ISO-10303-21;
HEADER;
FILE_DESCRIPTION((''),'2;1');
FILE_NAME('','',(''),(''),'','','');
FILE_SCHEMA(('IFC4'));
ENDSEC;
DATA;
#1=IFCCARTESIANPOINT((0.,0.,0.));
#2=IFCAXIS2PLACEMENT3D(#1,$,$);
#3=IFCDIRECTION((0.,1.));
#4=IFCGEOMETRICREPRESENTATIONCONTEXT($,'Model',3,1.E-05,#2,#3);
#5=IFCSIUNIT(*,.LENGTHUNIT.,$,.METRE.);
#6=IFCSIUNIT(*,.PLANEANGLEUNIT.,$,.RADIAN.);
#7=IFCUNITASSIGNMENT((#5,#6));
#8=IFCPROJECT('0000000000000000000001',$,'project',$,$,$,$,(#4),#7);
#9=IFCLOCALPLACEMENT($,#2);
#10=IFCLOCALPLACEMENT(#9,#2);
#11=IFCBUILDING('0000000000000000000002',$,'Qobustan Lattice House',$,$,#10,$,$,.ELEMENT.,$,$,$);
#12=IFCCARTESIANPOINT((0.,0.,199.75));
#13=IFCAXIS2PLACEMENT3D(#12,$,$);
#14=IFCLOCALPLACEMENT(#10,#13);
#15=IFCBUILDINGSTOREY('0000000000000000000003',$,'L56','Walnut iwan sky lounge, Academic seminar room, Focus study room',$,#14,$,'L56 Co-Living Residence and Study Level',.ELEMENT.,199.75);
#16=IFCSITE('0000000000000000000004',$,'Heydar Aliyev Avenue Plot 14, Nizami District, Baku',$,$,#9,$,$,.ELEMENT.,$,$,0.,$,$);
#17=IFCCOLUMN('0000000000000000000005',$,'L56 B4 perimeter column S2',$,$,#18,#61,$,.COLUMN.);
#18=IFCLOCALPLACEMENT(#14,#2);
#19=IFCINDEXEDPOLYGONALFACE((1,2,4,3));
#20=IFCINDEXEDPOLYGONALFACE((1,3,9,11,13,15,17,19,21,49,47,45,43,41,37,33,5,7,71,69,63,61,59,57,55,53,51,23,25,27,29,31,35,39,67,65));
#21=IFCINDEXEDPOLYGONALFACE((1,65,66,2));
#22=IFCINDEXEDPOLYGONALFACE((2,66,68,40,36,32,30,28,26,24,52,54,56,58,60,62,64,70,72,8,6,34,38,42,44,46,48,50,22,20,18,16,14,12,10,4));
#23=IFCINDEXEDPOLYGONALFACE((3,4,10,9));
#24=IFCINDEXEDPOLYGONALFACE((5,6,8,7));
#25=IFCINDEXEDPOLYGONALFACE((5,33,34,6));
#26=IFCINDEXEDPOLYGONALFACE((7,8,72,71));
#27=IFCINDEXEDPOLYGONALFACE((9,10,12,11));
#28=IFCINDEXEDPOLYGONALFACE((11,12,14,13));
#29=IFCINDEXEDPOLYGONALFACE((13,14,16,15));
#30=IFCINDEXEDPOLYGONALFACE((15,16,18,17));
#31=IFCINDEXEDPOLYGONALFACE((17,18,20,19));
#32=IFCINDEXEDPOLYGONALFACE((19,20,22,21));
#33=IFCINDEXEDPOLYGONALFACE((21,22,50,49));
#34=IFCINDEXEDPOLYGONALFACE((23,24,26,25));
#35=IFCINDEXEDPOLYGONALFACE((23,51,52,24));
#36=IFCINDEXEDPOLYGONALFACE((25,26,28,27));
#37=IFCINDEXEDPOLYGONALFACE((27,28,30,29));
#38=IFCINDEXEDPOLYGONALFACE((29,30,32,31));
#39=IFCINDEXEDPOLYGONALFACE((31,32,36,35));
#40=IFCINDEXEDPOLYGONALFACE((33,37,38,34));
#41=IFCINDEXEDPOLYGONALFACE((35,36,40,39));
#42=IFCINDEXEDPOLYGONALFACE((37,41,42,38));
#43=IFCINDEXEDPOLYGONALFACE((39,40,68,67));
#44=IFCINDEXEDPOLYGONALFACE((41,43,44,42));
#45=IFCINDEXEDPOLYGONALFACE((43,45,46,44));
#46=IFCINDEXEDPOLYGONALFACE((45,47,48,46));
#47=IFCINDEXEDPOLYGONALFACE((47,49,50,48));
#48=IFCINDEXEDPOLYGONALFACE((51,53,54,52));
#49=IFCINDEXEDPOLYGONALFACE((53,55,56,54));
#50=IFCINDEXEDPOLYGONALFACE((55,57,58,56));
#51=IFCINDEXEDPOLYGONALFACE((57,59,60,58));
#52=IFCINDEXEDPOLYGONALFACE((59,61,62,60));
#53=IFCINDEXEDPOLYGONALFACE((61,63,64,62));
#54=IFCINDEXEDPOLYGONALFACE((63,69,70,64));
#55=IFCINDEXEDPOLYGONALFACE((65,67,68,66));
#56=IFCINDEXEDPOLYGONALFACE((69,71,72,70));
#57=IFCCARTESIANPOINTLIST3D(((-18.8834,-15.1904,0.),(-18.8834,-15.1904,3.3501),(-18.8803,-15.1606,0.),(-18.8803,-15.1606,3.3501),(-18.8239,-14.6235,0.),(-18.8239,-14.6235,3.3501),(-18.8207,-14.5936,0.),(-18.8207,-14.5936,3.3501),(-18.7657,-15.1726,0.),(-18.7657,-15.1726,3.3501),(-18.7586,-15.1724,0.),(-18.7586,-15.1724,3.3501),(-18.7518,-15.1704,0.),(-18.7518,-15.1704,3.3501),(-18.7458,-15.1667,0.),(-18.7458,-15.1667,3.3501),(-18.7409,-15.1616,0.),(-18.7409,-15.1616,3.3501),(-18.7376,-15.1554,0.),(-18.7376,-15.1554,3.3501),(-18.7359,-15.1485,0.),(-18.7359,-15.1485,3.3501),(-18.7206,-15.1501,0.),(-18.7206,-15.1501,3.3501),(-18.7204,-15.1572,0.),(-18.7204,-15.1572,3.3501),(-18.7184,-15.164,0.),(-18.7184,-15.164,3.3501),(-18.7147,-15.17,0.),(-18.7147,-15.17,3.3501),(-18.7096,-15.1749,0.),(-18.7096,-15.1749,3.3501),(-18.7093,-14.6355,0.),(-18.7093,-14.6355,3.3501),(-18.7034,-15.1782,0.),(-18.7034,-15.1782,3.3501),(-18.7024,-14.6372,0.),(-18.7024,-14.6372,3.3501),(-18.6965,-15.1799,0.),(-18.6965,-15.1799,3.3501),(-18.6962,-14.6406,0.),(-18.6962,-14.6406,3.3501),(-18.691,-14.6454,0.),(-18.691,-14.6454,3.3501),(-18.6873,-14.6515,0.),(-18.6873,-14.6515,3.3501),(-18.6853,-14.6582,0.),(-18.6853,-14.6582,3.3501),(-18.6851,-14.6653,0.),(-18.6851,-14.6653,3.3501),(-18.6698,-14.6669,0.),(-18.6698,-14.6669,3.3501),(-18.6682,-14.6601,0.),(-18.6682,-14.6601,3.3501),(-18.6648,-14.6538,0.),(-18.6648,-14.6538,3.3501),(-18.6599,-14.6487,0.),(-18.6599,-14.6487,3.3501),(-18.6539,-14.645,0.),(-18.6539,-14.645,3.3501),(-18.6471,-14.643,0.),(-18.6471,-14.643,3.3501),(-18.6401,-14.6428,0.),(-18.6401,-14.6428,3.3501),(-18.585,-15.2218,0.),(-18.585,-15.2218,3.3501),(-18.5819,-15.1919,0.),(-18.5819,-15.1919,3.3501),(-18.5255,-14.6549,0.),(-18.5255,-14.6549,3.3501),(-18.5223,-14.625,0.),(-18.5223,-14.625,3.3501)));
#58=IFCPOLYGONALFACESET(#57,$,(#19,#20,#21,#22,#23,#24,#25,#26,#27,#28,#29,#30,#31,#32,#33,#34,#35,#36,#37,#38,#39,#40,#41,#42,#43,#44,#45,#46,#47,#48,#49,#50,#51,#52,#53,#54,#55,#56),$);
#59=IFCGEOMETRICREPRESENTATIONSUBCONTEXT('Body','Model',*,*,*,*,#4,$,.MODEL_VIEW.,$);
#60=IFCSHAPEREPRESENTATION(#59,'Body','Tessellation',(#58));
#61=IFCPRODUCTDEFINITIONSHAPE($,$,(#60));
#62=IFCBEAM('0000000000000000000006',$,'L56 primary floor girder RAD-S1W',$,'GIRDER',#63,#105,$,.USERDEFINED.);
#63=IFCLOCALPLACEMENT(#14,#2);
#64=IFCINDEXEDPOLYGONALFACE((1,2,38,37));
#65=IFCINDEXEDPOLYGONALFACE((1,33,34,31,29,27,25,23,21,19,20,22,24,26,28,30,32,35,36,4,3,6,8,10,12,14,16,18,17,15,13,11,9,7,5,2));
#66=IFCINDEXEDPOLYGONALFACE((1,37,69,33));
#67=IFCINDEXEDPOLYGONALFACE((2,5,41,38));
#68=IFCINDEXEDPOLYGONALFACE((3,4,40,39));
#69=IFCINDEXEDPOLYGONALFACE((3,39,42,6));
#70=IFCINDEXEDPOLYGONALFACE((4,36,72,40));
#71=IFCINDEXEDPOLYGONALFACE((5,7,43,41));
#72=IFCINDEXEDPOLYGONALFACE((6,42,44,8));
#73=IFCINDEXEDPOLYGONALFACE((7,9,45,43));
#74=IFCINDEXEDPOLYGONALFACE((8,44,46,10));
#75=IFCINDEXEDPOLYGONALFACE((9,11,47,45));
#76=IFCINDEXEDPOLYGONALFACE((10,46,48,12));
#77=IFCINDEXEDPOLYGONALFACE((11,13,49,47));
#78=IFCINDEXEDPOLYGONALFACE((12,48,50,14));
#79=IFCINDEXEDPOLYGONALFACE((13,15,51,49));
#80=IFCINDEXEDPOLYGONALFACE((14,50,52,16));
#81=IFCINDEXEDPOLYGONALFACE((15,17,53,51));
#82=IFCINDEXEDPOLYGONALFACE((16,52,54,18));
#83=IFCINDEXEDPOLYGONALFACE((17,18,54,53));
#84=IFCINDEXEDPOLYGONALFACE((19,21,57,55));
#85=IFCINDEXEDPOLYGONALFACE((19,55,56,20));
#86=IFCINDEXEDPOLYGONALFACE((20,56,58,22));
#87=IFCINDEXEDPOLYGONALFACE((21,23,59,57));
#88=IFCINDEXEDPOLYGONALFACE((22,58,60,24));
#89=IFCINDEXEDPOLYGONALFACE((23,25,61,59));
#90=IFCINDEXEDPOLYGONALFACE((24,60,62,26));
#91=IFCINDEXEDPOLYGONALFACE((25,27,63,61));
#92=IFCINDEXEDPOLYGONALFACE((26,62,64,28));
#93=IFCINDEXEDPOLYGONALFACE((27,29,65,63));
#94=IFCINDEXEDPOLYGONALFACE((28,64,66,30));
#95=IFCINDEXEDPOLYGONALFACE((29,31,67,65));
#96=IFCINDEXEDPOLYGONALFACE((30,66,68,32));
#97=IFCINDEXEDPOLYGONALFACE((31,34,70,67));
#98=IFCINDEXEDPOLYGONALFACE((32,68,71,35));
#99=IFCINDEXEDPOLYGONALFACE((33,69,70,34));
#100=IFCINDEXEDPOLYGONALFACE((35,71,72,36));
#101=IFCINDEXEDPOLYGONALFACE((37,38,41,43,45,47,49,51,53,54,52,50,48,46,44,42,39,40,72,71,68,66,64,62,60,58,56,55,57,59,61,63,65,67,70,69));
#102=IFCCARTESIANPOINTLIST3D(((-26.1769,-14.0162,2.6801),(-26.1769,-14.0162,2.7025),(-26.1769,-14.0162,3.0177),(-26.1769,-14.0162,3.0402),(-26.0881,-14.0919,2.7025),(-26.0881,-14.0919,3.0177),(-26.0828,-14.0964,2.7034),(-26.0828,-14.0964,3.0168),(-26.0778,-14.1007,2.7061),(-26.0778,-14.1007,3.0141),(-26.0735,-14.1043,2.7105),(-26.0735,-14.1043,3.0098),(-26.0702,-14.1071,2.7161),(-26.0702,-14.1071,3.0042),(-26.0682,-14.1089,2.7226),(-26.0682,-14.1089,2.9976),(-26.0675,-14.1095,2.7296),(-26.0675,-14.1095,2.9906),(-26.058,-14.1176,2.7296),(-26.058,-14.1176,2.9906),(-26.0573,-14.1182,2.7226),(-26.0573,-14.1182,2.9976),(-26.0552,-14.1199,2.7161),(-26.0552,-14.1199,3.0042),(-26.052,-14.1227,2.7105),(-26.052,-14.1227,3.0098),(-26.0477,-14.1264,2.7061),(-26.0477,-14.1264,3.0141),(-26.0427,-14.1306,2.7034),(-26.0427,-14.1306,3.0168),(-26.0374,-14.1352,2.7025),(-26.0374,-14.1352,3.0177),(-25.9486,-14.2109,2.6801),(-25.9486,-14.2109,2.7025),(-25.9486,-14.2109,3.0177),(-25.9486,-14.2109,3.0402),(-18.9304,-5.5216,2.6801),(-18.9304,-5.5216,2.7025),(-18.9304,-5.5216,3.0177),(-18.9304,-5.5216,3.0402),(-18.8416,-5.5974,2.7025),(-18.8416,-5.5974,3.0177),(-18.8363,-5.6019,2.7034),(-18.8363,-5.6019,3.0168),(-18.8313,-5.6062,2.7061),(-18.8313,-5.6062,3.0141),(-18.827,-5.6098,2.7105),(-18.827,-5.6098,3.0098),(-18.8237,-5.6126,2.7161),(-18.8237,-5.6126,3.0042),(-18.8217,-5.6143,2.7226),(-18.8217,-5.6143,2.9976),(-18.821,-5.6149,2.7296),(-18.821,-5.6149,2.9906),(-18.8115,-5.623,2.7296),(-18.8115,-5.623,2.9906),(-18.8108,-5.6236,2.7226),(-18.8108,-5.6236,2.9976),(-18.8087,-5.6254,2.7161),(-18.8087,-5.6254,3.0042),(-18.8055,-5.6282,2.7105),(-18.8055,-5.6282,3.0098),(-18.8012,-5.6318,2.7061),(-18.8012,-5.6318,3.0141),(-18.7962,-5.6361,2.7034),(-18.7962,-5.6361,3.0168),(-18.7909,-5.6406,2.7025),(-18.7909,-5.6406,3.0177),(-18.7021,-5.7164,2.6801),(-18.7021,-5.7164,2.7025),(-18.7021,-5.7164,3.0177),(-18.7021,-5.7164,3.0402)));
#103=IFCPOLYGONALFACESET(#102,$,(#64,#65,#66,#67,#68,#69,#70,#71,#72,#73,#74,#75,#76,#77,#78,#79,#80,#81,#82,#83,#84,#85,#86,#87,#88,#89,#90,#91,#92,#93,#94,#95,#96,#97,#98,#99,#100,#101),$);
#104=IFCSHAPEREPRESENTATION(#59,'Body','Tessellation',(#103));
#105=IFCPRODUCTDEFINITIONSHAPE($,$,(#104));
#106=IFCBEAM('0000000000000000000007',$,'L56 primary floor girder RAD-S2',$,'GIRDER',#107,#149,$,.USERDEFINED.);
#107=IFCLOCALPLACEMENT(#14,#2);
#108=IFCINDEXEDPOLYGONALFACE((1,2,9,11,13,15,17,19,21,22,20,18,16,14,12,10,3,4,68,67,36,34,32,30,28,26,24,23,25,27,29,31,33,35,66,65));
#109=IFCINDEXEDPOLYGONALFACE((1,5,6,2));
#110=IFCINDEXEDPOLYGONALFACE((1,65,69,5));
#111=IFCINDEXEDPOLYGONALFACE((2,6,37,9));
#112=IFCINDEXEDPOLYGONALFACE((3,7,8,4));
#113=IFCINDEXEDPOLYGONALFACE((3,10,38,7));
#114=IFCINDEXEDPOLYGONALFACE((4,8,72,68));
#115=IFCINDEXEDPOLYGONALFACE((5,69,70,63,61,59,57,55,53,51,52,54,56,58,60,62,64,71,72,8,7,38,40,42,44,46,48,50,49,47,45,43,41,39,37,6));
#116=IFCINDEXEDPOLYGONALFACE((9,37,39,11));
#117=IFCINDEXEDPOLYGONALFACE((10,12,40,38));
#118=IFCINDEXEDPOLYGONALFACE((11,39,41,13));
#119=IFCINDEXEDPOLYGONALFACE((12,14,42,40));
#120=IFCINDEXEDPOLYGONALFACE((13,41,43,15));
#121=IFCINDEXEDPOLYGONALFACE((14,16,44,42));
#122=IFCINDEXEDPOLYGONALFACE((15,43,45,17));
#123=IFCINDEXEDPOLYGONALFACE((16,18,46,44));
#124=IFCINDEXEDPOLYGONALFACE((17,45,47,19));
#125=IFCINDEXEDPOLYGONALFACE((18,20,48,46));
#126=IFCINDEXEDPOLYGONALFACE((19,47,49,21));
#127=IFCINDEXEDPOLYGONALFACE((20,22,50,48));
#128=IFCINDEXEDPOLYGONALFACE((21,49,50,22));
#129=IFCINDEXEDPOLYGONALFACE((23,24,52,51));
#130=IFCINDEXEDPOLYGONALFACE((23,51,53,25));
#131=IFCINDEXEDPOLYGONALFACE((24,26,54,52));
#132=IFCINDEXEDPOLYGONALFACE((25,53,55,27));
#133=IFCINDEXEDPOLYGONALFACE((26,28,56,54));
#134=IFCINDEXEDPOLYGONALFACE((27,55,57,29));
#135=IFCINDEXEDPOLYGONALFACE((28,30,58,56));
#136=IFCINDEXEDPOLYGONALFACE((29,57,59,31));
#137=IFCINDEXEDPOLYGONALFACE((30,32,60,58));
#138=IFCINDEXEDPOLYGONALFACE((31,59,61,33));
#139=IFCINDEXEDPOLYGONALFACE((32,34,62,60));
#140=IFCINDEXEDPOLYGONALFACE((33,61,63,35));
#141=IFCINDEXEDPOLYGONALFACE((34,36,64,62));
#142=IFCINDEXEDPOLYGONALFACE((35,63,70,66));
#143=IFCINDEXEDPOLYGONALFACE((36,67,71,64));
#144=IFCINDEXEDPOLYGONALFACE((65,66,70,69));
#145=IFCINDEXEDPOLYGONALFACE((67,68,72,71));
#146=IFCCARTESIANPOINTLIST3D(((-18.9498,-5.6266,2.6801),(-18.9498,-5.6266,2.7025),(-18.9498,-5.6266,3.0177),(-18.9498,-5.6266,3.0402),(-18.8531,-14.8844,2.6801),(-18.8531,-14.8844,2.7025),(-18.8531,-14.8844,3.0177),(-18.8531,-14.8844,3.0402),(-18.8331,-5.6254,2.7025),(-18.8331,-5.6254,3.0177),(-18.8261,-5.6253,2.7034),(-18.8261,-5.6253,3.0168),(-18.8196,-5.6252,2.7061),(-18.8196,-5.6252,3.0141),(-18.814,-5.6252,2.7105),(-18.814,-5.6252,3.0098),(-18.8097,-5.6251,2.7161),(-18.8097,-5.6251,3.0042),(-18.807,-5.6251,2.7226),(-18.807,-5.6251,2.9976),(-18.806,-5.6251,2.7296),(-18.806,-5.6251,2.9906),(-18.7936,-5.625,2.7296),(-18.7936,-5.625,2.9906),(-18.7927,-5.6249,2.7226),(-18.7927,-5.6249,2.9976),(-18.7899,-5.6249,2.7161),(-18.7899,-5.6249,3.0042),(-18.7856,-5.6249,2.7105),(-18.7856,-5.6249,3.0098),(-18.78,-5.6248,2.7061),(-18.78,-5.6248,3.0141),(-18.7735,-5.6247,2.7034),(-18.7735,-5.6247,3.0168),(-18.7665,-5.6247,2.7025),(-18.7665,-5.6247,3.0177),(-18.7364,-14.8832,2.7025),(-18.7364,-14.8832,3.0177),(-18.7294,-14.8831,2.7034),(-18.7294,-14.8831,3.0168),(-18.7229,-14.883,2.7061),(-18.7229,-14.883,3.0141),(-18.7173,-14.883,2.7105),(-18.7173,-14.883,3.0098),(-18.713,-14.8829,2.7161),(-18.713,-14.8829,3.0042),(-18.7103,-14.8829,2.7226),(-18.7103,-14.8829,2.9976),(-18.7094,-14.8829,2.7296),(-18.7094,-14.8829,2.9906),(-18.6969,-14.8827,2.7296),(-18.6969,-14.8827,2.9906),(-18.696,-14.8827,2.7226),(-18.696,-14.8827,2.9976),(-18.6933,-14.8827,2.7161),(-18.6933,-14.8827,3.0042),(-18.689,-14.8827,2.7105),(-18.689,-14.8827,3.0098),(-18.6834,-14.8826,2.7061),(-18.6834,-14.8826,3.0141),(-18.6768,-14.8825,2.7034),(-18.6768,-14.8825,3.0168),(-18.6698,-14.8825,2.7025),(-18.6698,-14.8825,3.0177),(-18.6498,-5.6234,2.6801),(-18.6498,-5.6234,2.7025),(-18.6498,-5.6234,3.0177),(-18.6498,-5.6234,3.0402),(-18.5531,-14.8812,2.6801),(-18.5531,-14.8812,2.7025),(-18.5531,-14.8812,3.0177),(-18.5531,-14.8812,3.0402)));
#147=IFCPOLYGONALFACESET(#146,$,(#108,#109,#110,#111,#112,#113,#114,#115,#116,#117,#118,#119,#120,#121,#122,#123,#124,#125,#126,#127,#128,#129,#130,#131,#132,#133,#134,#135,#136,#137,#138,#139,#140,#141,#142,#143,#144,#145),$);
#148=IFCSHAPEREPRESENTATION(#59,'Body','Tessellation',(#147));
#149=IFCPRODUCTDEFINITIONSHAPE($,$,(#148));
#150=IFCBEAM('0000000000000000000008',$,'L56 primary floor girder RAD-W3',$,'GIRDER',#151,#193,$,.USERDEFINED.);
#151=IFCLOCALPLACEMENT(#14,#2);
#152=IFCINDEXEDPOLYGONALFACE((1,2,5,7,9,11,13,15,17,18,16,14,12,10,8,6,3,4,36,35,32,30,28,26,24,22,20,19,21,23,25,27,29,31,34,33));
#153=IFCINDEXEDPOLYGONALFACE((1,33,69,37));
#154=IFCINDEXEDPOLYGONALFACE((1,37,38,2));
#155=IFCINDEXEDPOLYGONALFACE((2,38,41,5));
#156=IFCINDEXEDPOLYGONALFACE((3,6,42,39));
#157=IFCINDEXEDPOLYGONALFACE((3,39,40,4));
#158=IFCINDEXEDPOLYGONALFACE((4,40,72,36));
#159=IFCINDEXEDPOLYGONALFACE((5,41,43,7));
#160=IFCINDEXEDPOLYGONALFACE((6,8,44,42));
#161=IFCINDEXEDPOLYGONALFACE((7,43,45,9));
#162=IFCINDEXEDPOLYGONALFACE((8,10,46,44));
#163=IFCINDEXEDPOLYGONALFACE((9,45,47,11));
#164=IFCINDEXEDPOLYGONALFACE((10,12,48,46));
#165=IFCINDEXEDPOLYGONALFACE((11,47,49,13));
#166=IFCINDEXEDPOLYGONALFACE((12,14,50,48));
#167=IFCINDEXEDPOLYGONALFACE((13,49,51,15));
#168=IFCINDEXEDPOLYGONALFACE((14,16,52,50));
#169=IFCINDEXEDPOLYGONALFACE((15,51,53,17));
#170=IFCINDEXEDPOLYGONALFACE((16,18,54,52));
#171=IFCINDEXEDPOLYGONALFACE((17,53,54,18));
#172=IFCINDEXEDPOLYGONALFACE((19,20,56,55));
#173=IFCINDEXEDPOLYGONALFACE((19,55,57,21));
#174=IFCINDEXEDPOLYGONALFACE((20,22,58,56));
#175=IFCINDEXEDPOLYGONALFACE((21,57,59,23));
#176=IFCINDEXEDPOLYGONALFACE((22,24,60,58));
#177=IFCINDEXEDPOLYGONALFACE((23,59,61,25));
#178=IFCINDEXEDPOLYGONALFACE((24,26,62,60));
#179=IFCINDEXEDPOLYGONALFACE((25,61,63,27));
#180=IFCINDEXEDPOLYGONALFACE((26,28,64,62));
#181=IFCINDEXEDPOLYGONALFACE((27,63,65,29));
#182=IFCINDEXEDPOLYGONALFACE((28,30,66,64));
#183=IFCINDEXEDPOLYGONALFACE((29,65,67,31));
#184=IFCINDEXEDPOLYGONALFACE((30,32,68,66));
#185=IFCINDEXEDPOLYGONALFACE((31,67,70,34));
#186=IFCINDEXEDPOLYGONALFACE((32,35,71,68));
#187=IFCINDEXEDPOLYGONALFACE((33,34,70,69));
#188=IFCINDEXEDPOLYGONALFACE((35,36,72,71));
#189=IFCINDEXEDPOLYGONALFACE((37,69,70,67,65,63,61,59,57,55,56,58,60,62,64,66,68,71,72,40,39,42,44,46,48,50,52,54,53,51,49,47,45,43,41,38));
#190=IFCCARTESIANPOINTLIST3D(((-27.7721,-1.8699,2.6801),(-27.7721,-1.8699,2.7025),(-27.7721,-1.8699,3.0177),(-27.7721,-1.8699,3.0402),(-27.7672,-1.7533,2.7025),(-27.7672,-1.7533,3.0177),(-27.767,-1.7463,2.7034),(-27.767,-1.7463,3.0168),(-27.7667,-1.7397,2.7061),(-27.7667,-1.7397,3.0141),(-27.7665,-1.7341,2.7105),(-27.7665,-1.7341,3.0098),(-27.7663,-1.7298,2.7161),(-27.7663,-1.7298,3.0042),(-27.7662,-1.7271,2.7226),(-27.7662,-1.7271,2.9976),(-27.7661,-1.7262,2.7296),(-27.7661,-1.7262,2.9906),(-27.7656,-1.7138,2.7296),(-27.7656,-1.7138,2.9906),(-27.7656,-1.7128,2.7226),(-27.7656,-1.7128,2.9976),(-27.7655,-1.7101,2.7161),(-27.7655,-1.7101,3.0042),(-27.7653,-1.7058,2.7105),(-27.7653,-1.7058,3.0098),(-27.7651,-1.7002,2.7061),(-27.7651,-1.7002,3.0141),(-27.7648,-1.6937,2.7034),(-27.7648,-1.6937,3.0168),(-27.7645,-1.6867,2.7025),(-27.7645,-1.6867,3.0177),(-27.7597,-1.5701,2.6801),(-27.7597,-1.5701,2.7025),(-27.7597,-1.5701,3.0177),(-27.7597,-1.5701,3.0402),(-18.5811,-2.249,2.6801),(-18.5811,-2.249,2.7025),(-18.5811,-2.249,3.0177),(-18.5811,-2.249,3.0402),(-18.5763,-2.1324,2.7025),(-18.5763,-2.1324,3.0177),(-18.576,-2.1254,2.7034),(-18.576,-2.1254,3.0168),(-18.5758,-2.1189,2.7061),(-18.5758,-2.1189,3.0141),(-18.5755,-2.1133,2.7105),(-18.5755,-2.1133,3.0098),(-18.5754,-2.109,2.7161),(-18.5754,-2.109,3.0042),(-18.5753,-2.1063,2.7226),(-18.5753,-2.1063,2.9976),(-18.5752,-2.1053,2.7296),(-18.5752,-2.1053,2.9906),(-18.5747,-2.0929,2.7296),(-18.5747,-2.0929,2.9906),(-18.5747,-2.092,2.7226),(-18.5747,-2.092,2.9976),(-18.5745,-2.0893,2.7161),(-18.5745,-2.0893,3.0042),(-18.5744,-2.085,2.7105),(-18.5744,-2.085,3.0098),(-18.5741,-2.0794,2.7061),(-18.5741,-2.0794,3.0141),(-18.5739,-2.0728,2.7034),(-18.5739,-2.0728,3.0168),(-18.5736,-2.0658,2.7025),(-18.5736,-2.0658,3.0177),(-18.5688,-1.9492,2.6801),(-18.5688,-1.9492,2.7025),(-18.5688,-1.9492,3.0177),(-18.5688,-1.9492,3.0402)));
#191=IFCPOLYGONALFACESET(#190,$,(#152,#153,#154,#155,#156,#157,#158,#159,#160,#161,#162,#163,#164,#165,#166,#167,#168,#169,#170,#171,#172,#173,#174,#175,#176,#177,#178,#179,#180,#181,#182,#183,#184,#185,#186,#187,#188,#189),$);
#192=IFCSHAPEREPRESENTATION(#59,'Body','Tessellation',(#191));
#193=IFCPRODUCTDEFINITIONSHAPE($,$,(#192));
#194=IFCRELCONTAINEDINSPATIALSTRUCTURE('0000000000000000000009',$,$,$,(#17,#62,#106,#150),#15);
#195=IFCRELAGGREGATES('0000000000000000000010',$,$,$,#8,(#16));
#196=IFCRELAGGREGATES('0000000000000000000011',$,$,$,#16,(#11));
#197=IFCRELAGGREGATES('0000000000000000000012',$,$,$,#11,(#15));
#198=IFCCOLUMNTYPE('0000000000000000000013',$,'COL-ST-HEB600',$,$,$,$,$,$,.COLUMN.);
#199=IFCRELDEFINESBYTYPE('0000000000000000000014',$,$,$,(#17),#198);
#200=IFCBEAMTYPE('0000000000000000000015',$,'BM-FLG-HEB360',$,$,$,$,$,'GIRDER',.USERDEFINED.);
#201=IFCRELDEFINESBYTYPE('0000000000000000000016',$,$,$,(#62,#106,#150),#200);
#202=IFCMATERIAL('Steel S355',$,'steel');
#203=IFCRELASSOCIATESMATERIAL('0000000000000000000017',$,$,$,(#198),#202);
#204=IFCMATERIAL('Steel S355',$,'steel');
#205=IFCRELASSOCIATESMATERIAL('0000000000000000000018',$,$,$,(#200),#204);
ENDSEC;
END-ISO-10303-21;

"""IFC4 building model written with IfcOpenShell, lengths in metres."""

from ifc_helpers import new_model, si_unit, direction, frame, origin, origin_2d, place, context, subcontext, project, spatial, i_section, extrude, material, material_profile, profile_set, type_object, element, save


model = new_model("IFC4")

# Units and contexts
model_context = context("Model", 3, precision=1e-05, world=origin(), true_north=direction((0.0, 1.0)))
body_context = subcontext(model_context, "Body", "Model", "MODEL_VIEW")
ifc_project = project(units=[si_unit("LENGTHUNIT", "METRE"), si_unit("PLANEANGLEUNIT", "RADIAN")], contexts=[model_context])

# Site, building, storey
site_placement = place(None, origin())
site = spatial("IfcSite", under=ifc_project, at=site_placement, Name="Heydar Aliyev Avenue Plot 14, Nizami District, Baku", CompositionType="ELEMENT", RefElevation=0.0)
building_placement = place(site_placement, origin())
building = spatial("IfcBuilding", under=site, at=building_placement, Name="Qobustan Lattice House", CompositionType="ELEMENT")
storey_placement = place(building_placement, frame((0.0, 0.0, 199.75)))
storey = spatial("IfcBuildingStorey", under=building, at=storey_placement, Name="L56", Description="Walnut iwan sky lounge, Academic seminar room, Focus study room", LongName="L56 Co-Living Residence and Study Level", CompositionType="ELEMENT", Elevation=199.75)

# Column
ifc_material_1 = material(Name="Steel S355", Category="steel")
ifc_material_profile_1 = material_profile(ifc_material_1, i_section(OverallWidth=0.3, OverallDepth=0.6001, WebThickness=0.0154, FlangeThickness=0.03, FilletRadius=0.0271, at=origin_2d()), Name="HEB600")
ifc_profile_set_1 = profile_set([ifc_material_profile_1], Name="Steel S355")
column_type_1 = type_object("IfcColumnType", Name="COL-ST-HEB600", PredefinedType="COLUMN", material=ifc_profile_set_1)
for number, where, z_axis, x_axis, name in (
    (1, (-18.7029, -14.9077, 0.0), (0.0, 0.0, 1.0), (0.994522, -0.104528, 0.0), "L56 B4 perimeter column S2"),
):
    element("IfcColumn", number, at=place(storey_placement, frame(where, z_axis=z_axis, x_axis=x_axis)), inside=storey, type_object=column_type_1, Name=name, PredefinedType="COLUMN", context=body_context, shape_type="SweptSolid", body=[
        extrude(i_section(OverallWidth=0.3, OverallDepth=0.6001, WebThickness=0.0154, FlangeThickness=0.03, FilletRadius=0.0271, at=origin_2d()), origin(), (0.0, 0.0, 1.0), 3.3501),
    ])

# Beams
ifc_material_2 = material(Name="Steel S355", Category="steel")
ifc_material_profile_2 = material_profile(ifc_material_2, i_section(OverallWidth=0.3, OverallDepth=0.3601, WebThickness=0.0125, FlangeThickness=0.0225, FilletRadius=0.0271, at=origin_2d()), Name="HEB360")
ifc_profile_set_2 = profile_set([ifc_material_profile_2], Name="Steel S355")
beam_type_1 = type_object("IfcBeamType", Name="BM-FLG-HEB360", ElementType="GIRDER", PredefinedType="USERDEFINED", material=ifc_profile_set_2)
beam_1_placement = place(storey_placement, frame((-26.0627, -14.1135, 2.8601), z_axis=(0.649007, 0.760783, 0.0), x_axis=(-0.760783, 0.649007, 0.0)))
element("IfcBeam", 2, at=beam_1_placement, inside=storey, type_object=beam_type_1, Name="L56 primary floor girder RAD-S1W", ObjectType="GIRDER", PredefinedType="USERDEFINED", context=body_context, shape_type="SweptSolid", body=[
    extrude(i_section(OverallWidth=0.3, OverallDepth=0.3601, WebThickness=0.0125, FlangeThickness=0.0225, FilletRadius=0.0271, at=origin_2d()), origin(), (0.0, 0.0, 1.0), 11.1655),
])
beam_2_placement = place(storey_placement, frame((-18.7031, -14.8828, 2.8601), z_axis=(-0.010442, 0.999945, 0.0), x_axis=(-0.999945, -0.010442, 0.0)))
element("IfcBeam", 3, at=beam_2_placement, inside=storey, type_object=beam_type_1, Name="L56 primary floor girder RAD-S2", ObjectType="GIRDER", PredefinedType="USERDEFINED", context=body_context, shape_type="SweptSolid", body=[
    extrude(i_section(OverallWidth=0.3, OverallDepth=0.3601, WebThickness=0.0125, FlangeThickness=0.0225, FilletRadius=0.0271, at=origin_2d()), origin(), (0.0, 0.0, 1.0), 9.2583),
])
beam_3_placement = place(storey_placement, frame((-27.7659, -1.72, 2.8601), z_axis=(0.99915, -0.041218, 0.0), x_axis=(0.041218, 0.99915, 0.0)))
element("IfcBeam", 4, at=beam_3_placement, inside=storey, type_object=beam_type_1, Name="L56 primary floor girder RAD-W3", ObjectType="GIRDER", PredefinedType="USERDEFINED", context=body_context, shape_type="SweptSolid", body=[
    extrude(i_section(OverallWidth=0.3, OverallDepth=0.3601, WebThickness=0.0125, FlangeThickness=0.0225, FilletRadius=0.0271, at=origin_2d()), origin(), (0.0, 0.0, 1.0), 9.1987),
])

save(model, "model.ifc")
